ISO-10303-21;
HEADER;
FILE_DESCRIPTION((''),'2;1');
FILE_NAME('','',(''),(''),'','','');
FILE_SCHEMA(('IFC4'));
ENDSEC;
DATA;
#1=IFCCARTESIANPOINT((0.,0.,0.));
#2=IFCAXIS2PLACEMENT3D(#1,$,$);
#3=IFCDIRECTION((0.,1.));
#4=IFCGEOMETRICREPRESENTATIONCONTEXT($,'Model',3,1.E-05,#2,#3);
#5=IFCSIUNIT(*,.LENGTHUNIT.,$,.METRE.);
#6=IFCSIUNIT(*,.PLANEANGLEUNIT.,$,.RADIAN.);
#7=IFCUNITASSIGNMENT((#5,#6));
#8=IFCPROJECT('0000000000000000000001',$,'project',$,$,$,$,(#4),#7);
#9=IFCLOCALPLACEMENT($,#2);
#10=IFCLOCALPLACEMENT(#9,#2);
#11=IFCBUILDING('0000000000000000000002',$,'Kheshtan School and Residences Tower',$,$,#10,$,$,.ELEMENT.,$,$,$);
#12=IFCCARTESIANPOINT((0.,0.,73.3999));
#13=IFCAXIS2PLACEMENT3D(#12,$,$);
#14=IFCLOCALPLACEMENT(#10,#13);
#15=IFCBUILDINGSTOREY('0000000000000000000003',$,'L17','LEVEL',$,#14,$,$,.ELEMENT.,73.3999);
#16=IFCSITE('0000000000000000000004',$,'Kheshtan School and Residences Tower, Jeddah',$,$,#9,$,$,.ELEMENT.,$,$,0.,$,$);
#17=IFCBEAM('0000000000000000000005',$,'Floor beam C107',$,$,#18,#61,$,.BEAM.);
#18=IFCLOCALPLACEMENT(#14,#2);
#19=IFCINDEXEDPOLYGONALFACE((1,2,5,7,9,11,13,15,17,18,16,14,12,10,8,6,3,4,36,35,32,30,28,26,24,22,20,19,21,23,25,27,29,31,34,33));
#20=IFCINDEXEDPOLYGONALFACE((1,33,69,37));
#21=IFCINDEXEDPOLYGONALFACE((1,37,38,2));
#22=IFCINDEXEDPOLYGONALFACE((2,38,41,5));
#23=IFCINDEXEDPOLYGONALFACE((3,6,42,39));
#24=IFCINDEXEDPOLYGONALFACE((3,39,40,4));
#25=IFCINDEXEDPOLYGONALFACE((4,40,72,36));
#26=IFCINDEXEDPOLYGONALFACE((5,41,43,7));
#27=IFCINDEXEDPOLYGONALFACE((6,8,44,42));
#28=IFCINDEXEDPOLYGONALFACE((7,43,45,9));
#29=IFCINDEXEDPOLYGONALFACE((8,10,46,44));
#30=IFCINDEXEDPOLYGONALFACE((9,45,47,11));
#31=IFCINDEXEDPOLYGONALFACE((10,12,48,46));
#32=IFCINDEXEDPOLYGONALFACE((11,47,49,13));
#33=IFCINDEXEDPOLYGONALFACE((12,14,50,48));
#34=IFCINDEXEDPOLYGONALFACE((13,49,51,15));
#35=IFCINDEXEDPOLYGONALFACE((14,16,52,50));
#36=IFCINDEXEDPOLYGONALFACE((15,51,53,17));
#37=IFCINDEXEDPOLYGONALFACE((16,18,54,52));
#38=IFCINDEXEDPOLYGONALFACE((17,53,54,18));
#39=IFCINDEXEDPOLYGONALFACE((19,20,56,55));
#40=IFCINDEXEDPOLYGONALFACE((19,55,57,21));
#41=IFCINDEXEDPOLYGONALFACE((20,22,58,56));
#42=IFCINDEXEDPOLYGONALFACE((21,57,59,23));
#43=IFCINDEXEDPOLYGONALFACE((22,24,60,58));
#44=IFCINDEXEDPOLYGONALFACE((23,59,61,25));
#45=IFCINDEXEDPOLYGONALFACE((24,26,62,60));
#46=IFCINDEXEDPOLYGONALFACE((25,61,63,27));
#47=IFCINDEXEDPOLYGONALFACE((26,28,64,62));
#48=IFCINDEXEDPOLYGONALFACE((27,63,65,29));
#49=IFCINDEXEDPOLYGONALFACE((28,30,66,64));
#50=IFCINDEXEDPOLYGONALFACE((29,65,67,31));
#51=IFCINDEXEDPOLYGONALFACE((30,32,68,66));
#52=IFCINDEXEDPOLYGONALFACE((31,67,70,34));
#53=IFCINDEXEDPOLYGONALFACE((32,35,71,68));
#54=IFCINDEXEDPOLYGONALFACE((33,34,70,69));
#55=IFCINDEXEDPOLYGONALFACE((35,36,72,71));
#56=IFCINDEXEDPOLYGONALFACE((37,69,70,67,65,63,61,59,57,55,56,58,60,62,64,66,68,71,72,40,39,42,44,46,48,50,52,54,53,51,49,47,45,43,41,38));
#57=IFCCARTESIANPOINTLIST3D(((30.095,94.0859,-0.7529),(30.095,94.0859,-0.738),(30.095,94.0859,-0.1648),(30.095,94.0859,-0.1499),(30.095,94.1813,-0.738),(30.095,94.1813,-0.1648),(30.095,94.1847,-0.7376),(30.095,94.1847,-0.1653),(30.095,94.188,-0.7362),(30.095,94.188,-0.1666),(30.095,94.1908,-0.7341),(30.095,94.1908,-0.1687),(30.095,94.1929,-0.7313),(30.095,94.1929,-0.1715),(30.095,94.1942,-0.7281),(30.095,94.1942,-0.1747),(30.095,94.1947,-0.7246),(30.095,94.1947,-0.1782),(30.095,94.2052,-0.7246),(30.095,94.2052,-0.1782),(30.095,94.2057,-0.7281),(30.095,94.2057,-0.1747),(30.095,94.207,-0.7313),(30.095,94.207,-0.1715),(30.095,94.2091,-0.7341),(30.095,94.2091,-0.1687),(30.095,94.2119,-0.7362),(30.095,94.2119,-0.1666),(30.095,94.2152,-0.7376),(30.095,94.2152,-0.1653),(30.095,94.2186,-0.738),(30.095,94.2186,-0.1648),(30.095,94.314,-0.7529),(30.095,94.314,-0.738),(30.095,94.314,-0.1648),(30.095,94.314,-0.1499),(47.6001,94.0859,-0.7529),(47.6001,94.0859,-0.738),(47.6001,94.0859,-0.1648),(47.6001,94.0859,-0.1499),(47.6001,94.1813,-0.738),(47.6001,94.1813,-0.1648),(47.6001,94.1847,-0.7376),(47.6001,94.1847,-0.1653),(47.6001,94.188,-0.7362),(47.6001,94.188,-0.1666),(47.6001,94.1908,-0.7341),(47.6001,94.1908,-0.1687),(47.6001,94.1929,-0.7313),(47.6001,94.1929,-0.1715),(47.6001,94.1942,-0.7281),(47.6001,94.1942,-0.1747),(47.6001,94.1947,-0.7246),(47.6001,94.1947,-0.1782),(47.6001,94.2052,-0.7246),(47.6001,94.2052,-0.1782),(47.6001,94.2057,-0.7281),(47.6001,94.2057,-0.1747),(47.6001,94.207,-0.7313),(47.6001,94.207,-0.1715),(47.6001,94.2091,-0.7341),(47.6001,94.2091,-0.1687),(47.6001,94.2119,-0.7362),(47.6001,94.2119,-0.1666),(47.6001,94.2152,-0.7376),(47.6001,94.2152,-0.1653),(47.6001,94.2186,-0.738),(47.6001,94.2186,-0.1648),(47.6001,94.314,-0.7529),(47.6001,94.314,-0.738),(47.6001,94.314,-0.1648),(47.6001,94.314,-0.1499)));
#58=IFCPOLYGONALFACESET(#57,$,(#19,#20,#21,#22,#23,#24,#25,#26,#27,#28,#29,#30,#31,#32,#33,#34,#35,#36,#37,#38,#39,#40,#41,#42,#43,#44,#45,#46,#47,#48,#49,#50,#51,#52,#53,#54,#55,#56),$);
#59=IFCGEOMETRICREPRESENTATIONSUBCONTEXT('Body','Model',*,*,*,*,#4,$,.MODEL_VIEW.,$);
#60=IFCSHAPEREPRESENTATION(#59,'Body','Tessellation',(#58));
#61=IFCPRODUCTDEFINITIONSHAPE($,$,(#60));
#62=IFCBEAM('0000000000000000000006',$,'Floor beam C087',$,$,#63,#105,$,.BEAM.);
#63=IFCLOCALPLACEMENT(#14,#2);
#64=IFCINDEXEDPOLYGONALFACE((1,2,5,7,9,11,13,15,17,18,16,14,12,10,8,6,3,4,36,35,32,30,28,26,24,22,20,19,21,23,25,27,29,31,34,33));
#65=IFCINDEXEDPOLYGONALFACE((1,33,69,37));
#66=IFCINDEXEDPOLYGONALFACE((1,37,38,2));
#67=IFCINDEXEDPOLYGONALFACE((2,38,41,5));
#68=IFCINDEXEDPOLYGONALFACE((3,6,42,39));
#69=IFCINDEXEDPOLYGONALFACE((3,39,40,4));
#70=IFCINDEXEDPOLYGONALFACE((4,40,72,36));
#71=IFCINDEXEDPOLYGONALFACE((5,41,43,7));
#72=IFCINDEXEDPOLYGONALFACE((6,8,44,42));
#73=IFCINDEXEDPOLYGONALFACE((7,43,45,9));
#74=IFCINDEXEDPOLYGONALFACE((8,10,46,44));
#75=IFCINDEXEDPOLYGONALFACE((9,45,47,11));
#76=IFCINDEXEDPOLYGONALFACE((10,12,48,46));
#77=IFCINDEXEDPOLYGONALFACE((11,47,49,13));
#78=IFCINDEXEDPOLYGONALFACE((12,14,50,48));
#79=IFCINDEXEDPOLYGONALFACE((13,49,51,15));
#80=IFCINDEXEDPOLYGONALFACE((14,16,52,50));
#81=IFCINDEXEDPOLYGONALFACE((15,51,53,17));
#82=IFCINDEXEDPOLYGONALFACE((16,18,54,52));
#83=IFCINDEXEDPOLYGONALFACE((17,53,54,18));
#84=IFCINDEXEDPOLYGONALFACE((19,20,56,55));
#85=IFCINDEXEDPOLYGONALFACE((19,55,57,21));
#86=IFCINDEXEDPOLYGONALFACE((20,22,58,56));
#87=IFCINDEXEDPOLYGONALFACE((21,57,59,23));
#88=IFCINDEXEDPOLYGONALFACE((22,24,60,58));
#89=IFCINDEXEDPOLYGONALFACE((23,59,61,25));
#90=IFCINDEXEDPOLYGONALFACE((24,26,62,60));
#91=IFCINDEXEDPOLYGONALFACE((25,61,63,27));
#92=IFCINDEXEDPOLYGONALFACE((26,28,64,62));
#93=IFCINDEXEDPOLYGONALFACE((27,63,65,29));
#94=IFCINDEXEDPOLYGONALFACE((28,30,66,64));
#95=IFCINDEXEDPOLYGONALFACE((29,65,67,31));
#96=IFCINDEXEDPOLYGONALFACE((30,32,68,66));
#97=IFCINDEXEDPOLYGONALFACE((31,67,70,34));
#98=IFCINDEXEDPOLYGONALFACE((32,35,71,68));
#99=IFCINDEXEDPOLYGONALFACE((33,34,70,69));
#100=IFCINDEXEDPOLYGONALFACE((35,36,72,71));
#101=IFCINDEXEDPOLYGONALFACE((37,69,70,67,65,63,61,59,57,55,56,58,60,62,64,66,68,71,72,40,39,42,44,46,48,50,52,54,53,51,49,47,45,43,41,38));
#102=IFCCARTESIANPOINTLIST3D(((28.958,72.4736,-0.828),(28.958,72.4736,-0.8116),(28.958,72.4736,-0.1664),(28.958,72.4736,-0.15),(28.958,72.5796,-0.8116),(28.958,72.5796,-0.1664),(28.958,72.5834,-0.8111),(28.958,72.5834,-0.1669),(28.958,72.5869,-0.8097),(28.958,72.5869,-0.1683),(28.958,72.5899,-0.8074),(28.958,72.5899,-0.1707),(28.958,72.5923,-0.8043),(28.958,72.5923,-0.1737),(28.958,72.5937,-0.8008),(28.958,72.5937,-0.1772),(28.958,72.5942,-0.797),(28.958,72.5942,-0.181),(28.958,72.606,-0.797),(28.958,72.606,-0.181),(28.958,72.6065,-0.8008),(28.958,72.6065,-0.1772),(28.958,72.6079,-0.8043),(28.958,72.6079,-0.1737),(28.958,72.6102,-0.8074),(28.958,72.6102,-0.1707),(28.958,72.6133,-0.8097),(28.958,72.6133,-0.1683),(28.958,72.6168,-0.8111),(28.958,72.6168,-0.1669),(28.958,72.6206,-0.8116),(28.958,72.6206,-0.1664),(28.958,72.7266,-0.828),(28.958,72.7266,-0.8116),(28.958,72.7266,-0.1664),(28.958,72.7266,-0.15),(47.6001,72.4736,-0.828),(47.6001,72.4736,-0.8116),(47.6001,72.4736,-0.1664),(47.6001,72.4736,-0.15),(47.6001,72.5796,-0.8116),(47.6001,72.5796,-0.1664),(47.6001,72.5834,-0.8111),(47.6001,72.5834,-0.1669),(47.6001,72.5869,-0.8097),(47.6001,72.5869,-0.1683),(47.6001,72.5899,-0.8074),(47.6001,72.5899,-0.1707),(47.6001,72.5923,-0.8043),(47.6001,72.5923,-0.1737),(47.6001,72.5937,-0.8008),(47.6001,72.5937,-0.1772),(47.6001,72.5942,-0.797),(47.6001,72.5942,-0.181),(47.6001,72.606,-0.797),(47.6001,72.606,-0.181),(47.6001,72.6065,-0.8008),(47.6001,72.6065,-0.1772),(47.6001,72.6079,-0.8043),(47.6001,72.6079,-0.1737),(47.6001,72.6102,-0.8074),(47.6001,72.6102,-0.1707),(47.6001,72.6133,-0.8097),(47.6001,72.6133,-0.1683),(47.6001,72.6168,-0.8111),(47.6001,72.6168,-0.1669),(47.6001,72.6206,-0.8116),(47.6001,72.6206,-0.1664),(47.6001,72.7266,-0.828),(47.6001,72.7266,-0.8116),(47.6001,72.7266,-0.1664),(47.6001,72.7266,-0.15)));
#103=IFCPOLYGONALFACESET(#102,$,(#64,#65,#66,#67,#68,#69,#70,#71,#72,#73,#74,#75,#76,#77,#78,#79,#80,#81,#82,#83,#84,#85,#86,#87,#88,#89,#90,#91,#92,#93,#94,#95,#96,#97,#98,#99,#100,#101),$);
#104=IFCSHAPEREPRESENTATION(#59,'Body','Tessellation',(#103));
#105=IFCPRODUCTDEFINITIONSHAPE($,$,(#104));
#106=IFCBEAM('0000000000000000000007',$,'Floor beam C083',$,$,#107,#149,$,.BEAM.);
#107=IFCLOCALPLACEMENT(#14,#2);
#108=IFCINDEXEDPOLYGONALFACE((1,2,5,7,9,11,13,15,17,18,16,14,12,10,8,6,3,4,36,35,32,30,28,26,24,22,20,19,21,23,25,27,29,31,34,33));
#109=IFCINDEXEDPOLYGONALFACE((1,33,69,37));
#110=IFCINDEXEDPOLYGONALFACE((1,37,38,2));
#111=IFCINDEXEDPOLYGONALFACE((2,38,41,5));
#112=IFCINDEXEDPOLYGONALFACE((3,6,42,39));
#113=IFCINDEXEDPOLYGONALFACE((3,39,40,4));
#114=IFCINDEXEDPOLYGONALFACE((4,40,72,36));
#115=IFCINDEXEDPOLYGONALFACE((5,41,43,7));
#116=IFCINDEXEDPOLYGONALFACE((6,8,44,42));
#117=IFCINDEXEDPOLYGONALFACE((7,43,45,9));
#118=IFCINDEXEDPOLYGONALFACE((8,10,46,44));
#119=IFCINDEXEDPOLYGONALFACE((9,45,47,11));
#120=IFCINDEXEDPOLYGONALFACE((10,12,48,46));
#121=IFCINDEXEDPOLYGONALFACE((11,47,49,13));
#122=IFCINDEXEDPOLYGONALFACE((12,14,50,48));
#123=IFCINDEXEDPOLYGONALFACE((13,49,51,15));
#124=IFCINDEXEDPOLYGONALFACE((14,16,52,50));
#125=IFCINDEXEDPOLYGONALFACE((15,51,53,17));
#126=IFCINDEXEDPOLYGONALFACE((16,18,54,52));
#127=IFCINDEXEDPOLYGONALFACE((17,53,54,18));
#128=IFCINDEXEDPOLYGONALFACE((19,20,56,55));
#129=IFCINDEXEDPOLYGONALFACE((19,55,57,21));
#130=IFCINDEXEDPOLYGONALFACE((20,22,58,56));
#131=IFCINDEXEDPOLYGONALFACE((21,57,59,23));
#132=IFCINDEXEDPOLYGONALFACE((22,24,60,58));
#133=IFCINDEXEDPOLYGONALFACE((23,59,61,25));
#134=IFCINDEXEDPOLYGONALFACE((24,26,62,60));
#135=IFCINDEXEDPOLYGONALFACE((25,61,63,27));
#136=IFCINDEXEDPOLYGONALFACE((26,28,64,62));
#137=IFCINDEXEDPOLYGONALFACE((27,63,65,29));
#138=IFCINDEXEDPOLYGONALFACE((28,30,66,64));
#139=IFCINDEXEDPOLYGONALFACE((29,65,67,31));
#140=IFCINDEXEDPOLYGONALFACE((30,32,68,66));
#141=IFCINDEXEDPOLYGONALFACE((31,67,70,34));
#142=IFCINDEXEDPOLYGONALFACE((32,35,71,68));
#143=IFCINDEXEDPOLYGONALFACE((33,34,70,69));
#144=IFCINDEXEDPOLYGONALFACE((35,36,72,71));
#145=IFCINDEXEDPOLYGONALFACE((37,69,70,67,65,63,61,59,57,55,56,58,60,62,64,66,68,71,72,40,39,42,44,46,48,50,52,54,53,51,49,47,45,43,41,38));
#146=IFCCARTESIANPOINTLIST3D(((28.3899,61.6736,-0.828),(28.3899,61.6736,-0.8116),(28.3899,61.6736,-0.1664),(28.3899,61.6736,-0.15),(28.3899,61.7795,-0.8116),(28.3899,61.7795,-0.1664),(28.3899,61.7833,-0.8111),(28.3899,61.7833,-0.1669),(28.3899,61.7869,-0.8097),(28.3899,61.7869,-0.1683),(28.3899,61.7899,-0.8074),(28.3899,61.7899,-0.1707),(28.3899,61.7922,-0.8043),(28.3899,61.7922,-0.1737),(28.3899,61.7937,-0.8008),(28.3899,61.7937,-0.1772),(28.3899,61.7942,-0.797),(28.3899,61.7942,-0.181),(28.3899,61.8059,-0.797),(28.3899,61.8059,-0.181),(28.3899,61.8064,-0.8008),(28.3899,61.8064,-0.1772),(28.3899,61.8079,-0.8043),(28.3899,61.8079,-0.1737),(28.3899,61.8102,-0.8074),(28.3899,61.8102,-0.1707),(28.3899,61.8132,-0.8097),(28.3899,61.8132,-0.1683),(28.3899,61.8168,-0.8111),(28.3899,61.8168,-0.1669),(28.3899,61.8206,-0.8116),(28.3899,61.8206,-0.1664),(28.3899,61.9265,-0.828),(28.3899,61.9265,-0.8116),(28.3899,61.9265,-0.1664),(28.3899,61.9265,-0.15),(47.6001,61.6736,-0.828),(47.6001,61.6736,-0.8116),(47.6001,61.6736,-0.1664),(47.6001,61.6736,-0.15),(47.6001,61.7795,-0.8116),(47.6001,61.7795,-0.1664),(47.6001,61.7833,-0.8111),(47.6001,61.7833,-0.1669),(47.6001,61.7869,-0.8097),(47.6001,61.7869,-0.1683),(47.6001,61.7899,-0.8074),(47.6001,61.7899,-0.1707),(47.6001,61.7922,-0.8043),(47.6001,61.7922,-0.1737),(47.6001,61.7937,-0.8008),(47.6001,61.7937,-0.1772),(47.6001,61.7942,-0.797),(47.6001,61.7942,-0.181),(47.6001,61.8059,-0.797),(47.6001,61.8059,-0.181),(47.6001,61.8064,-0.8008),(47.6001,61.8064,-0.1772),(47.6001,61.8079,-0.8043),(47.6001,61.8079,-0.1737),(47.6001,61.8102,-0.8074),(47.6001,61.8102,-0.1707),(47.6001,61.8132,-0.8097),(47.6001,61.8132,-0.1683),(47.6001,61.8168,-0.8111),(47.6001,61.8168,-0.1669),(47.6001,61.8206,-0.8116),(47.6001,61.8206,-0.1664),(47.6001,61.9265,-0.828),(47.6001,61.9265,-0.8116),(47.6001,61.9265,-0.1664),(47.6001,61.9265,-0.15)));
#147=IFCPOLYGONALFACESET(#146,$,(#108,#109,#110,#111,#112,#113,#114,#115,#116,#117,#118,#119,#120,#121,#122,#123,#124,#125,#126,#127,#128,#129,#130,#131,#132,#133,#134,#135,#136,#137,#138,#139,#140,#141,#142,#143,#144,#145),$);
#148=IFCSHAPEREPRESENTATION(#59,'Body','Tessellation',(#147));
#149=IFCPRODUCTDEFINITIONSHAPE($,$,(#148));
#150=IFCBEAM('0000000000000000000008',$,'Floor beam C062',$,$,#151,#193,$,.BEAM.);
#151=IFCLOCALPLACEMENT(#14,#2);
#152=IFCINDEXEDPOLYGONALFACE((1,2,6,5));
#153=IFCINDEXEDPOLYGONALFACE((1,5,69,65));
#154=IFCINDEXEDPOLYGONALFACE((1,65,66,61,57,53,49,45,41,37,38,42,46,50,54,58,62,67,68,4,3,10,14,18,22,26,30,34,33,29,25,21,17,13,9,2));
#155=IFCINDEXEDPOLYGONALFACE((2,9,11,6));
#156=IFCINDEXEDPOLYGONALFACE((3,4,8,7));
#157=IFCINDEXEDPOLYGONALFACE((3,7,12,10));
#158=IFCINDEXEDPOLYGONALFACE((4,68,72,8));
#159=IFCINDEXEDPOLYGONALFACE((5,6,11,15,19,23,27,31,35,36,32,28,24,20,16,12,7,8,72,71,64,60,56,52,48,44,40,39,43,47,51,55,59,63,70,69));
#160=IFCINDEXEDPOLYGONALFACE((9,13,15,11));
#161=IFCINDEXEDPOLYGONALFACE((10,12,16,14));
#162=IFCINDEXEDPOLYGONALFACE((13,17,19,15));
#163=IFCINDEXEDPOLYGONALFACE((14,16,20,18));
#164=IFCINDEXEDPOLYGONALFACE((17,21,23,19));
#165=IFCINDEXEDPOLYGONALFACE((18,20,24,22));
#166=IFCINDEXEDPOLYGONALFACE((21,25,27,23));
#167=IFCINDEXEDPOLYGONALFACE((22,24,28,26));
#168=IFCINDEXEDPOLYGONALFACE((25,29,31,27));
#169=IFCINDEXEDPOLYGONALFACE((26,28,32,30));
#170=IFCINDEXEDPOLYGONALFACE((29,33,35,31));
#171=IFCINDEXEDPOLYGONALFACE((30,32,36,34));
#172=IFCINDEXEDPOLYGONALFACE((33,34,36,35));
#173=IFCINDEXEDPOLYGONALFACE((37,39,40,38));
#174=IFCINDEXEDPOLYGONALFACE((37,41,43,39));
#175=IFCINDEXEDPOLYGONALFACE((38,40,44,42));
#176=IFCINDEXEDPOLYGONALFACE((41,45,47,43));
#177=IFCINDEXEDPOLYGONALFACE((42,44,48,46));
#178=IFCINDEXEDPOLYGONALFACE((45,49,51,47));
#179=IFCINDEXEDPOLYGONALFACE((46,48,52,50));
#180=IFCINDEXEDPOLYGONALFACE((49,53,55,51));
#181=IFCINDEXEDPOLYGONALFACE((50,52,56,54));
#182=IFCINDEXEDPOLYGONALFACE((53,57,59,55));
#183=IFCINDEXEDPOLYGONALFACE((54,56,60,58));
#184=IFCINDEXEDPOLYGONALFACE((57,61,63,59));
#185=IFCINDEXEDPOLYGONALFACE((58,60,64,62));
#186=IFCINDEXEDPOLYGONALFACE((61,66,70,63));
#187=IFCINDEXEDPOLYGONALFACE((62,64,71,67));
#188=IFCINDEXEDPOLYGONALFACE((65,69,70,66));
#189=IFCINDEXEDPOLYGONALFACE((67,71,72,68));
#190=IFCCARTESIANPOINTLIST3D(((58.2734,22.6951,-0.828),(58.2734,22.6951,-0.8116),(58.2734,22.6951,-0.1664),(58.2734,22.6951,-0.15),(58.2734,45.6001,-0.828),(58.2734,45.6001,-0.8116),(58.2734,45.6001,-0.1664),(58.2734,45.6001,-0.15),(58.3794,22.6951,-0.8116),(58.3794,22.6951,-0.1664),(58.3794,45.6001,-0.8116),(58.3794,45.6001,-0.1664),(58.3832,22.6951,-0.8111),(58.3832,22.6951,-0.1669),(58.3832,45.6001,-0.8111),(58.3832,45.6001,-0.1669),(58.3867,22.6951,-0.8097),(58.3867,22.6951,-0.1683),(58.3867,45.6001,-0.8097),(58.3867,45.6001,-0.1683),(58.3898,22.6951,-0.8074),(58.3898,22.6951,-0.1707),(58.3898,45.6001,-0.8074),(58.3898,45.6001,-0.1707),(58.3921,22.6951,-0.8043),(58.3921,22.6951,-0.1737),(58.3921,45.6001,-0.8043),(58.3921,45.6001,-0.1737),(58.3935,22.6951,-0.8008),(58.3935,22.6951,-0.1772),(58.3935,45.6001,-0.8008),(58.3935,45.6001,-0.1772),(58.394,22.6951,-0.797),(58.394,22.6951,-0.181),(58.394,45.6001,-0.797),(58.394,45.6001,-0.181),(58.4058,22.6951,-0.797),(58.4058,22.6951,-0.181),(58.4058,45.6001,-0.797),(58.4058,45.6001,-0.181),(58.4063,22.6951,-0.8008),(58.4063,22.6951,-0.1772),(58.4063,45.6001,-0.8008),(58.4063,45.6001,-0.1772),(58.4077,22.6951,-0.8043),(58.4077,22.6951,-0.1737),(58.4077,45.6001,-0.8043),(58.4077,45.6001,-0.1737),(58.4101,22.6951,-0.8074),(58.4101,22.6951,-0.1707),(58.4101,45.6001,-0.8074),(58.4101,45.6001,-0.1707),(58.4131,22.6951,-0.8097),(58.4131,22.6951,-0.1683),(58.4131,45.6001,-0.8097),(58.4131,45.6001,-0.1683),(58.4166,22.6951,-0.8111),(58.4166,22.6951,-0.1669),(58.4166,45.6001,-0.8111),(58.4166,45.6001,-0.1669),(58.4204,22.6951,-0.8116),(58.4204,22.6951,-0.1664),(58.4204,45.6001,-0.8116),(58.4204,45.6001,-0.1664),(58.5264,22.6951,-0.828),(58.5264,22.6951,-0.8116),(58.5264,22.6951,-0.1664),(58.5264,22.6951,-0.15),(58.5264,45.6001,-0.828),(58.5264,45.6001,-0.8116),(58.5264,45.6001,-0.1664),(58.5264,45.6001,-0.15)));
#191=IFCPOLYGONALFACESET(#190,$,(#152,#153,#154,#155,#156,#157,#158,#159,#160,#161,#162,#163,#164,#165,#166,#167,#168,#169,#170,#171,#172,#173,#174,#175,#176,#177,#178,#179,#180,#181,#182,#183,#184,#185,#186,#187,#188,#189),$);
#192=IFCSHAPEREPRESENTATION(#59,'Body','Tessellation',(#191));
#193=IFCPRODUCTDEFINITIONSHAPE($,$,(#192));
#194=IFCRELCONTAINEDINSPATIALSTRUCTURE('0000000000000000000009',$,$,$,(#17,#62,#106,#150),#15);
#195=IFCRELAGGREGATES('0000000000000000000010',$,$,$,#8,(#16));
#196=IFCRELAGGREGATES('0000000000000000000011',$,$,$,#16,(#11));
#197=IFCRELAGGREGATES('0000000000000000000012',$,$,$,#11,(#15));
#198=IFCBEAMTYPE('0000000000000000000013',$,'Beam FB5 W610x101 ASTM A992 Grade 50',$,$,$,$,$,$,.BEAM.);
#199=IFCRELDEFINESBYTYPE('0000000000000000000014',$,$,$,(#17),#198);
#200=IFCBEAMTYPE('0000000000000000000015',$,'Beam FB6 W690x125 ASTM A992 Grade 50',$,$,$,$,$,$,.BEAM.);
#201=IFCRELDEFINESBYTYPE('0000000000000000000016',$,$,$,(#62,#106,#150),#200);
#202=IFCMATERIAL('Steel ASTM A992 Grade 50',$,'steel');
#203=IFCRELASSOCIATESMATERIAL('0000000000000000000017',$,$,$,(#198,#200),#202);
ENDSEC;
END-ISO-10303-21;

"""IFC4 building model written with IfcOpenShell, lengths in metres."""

from ifc_helpers import new_model, si_unit, direction, frame, origin, origin_2d, place, context, subcontext, project, spatial, i_section, extrude, material, material_profile, profile_set, type_object, element, save


model = new_model("IFC4")

# Units and contexts
model_context = context("Model", 3, precision=1e-05, world=origin(), true_north=direction((0.0, 1.0)))
body_context = subcontext(model_context, "Body", "Model", "MODEL_VIEW")
ifc_project = project(units=[si_unit("LENGTHUNIT", "METRE"), si_unit("PLANEANGLEUNIT", "RADIAN")], contexts=[model_context])

# Site, building, storey
site_placement = place(None, origin())
site = spatial("IfcSite", under=ifc_project, at=site_placement, Name="Kheshtan School and Residences Tower, Jeddah", CompositionType="ELEMENT", RefElevation=0.0)
building_placement = place(site_placement, origin())
building = spatial("IfcBuilding", under=site, at=building_placement, Name="Kheshtan School and Residences Tower", CompositionType="ELEMENT")
storey_placement = place(building_placement, frame((0.0, 0.0, 73.3999)))
storey = spatial("IfcBuildingStorey", under=building, at=storey_placement, Name="L17", Description="LEVEL", CompositionType="ELEMENT", Elevation=73.3999)

# Shared definitions
ifc_material_1 = material(Name="Steel ASTM A992 Grade 50", Category="steel")

# Beams
ifc_material_profile_1 = material_profile(ifc_material_1, i_section(OverallWidth=0.228, OverallDepth=0.603, WebThickness=0.0105, FlangeThickness=0.0149, FilletRadius=0.0134, at=origin_2d()), Name="W610x101")
ifc_profile_set_1 = profile_set([ifc_material_profile_1], Name="Steel ASTM A992 Grade 50")
beam_type_1 = type_object("IfcBeamType", Name="Beam FB5 W610x101 ASTM A992 Grade 50", PredefinedType="BEAM", material=ifc_profile_set_1)
beam_1_placement = place(storey_placement, frame((47.6001, 94.2, -0.4514), z_axis=(-1.0, 0.0, 0.0), x_axis=(0.0, -1.0, 0.0)))
element("IfcBeam", 1, at=beam_1_placement, inside=storey, type_object=beam_type_1, Name="Floor beam C107", PredefinedType="BEAM", context=body_context, shape_type="SweptSolid", body=[
    extrude(i_section(OverallWidth=0.228, OverallDepth=0.603, WebThickness=0.0105, FlangeThickness=0.0149, FilletRadius=0.0134, at=origin_2d()), origin(), (0.0, 0.0, 1.0), 17.5051),
])
ifc_material_profile_2 = material_profile(ifc_material_1, i_section(OverallWidth=0.2529, OverallDepth=0.678, WebThickness=0.0117, FlangeThickness=0.0164, FilletRadius=0.0146, at=origin_2d()), Name="W690x125")
ifc_profile_set_2 = profile_set([ifc_material_profile_2], Name="Steel ASTM A992 Grade 50")
beam_type_2 = type_object("IfcBeamType", Name="Beam FB6 W690x125 ASTM A992 Grade 50", PredefinedType="BEAM", material=ifc_profile_set_2)
beam_2_placement = place(storey_placement, frame((47.6001, 72.6001, -0.489), z_axis=(-1.0, 0.0, 0.0), x_axis=(0.0, -1.0, 0.0)))
element("IfcBeam", 2, at=beam_2_placement, inside=storey, type_object=beam_type_2, Name="Floor beam C087", PredefinedType="BEAM", context=body_context, shape_type="SweptSolid", body=[
    extrude(i_section(OverallWidth=0.2529, OverallDepth=0.678, WebThickness=0.0117, FlangeThickness=0.0164, FilletRadius=0.0146, at=origin_2d()), origin(), (0.0, 0.0, 1.0), 18.6421),
])
beam_3_placement = place(storey_placement, frame((47.6001, 61.8, -0.489), z_axis=(-1.0, 0.0, 0.0), x_axis=(0.0, -1.0, 0.0)))
element("IfcBeam", 3, at=beam_3_placement, inside=storey, type_object=beam_type_2, Name="Floor beam C083", PredefinedType="BEAM", context=body_context, shape_type="SweptSolid", body=[
    extrude(i_section(OverallWidth=0.2529, OverallDepth=0.678, WebThickness=0.0117, FlangeThickness=0.0164, FilletRadius=0.0146, at=origin_2d()), origin(), (0.0, 0.0, 1.0), 19.2102),
])
beam_4_placement = place(storey_placement, frame((58.3999, 45.6001, -0.489), z_axis=(0.0, -1.0, 0.0), x_axis=(1.0, 0.0, 0.0)))
element("IfcBeam", 4, at=beam_4_placement, inside=storey, type_object=beam_type_2, Name="Floor beam C062", PredefinedType="BEAM", context=body_context, shape_type="SweptSolid", body=[
    extrude(i_section(OverallWidth=0.2529, OverallDepth=0.678, WebThickness=0.0117, FlangeThickness=0.0164, FilletRadius=0.0146, at=origin_2d()), origin(), (0.0, 0.0, 1.0), 22.905),
])

save(model, "model.ifc")
